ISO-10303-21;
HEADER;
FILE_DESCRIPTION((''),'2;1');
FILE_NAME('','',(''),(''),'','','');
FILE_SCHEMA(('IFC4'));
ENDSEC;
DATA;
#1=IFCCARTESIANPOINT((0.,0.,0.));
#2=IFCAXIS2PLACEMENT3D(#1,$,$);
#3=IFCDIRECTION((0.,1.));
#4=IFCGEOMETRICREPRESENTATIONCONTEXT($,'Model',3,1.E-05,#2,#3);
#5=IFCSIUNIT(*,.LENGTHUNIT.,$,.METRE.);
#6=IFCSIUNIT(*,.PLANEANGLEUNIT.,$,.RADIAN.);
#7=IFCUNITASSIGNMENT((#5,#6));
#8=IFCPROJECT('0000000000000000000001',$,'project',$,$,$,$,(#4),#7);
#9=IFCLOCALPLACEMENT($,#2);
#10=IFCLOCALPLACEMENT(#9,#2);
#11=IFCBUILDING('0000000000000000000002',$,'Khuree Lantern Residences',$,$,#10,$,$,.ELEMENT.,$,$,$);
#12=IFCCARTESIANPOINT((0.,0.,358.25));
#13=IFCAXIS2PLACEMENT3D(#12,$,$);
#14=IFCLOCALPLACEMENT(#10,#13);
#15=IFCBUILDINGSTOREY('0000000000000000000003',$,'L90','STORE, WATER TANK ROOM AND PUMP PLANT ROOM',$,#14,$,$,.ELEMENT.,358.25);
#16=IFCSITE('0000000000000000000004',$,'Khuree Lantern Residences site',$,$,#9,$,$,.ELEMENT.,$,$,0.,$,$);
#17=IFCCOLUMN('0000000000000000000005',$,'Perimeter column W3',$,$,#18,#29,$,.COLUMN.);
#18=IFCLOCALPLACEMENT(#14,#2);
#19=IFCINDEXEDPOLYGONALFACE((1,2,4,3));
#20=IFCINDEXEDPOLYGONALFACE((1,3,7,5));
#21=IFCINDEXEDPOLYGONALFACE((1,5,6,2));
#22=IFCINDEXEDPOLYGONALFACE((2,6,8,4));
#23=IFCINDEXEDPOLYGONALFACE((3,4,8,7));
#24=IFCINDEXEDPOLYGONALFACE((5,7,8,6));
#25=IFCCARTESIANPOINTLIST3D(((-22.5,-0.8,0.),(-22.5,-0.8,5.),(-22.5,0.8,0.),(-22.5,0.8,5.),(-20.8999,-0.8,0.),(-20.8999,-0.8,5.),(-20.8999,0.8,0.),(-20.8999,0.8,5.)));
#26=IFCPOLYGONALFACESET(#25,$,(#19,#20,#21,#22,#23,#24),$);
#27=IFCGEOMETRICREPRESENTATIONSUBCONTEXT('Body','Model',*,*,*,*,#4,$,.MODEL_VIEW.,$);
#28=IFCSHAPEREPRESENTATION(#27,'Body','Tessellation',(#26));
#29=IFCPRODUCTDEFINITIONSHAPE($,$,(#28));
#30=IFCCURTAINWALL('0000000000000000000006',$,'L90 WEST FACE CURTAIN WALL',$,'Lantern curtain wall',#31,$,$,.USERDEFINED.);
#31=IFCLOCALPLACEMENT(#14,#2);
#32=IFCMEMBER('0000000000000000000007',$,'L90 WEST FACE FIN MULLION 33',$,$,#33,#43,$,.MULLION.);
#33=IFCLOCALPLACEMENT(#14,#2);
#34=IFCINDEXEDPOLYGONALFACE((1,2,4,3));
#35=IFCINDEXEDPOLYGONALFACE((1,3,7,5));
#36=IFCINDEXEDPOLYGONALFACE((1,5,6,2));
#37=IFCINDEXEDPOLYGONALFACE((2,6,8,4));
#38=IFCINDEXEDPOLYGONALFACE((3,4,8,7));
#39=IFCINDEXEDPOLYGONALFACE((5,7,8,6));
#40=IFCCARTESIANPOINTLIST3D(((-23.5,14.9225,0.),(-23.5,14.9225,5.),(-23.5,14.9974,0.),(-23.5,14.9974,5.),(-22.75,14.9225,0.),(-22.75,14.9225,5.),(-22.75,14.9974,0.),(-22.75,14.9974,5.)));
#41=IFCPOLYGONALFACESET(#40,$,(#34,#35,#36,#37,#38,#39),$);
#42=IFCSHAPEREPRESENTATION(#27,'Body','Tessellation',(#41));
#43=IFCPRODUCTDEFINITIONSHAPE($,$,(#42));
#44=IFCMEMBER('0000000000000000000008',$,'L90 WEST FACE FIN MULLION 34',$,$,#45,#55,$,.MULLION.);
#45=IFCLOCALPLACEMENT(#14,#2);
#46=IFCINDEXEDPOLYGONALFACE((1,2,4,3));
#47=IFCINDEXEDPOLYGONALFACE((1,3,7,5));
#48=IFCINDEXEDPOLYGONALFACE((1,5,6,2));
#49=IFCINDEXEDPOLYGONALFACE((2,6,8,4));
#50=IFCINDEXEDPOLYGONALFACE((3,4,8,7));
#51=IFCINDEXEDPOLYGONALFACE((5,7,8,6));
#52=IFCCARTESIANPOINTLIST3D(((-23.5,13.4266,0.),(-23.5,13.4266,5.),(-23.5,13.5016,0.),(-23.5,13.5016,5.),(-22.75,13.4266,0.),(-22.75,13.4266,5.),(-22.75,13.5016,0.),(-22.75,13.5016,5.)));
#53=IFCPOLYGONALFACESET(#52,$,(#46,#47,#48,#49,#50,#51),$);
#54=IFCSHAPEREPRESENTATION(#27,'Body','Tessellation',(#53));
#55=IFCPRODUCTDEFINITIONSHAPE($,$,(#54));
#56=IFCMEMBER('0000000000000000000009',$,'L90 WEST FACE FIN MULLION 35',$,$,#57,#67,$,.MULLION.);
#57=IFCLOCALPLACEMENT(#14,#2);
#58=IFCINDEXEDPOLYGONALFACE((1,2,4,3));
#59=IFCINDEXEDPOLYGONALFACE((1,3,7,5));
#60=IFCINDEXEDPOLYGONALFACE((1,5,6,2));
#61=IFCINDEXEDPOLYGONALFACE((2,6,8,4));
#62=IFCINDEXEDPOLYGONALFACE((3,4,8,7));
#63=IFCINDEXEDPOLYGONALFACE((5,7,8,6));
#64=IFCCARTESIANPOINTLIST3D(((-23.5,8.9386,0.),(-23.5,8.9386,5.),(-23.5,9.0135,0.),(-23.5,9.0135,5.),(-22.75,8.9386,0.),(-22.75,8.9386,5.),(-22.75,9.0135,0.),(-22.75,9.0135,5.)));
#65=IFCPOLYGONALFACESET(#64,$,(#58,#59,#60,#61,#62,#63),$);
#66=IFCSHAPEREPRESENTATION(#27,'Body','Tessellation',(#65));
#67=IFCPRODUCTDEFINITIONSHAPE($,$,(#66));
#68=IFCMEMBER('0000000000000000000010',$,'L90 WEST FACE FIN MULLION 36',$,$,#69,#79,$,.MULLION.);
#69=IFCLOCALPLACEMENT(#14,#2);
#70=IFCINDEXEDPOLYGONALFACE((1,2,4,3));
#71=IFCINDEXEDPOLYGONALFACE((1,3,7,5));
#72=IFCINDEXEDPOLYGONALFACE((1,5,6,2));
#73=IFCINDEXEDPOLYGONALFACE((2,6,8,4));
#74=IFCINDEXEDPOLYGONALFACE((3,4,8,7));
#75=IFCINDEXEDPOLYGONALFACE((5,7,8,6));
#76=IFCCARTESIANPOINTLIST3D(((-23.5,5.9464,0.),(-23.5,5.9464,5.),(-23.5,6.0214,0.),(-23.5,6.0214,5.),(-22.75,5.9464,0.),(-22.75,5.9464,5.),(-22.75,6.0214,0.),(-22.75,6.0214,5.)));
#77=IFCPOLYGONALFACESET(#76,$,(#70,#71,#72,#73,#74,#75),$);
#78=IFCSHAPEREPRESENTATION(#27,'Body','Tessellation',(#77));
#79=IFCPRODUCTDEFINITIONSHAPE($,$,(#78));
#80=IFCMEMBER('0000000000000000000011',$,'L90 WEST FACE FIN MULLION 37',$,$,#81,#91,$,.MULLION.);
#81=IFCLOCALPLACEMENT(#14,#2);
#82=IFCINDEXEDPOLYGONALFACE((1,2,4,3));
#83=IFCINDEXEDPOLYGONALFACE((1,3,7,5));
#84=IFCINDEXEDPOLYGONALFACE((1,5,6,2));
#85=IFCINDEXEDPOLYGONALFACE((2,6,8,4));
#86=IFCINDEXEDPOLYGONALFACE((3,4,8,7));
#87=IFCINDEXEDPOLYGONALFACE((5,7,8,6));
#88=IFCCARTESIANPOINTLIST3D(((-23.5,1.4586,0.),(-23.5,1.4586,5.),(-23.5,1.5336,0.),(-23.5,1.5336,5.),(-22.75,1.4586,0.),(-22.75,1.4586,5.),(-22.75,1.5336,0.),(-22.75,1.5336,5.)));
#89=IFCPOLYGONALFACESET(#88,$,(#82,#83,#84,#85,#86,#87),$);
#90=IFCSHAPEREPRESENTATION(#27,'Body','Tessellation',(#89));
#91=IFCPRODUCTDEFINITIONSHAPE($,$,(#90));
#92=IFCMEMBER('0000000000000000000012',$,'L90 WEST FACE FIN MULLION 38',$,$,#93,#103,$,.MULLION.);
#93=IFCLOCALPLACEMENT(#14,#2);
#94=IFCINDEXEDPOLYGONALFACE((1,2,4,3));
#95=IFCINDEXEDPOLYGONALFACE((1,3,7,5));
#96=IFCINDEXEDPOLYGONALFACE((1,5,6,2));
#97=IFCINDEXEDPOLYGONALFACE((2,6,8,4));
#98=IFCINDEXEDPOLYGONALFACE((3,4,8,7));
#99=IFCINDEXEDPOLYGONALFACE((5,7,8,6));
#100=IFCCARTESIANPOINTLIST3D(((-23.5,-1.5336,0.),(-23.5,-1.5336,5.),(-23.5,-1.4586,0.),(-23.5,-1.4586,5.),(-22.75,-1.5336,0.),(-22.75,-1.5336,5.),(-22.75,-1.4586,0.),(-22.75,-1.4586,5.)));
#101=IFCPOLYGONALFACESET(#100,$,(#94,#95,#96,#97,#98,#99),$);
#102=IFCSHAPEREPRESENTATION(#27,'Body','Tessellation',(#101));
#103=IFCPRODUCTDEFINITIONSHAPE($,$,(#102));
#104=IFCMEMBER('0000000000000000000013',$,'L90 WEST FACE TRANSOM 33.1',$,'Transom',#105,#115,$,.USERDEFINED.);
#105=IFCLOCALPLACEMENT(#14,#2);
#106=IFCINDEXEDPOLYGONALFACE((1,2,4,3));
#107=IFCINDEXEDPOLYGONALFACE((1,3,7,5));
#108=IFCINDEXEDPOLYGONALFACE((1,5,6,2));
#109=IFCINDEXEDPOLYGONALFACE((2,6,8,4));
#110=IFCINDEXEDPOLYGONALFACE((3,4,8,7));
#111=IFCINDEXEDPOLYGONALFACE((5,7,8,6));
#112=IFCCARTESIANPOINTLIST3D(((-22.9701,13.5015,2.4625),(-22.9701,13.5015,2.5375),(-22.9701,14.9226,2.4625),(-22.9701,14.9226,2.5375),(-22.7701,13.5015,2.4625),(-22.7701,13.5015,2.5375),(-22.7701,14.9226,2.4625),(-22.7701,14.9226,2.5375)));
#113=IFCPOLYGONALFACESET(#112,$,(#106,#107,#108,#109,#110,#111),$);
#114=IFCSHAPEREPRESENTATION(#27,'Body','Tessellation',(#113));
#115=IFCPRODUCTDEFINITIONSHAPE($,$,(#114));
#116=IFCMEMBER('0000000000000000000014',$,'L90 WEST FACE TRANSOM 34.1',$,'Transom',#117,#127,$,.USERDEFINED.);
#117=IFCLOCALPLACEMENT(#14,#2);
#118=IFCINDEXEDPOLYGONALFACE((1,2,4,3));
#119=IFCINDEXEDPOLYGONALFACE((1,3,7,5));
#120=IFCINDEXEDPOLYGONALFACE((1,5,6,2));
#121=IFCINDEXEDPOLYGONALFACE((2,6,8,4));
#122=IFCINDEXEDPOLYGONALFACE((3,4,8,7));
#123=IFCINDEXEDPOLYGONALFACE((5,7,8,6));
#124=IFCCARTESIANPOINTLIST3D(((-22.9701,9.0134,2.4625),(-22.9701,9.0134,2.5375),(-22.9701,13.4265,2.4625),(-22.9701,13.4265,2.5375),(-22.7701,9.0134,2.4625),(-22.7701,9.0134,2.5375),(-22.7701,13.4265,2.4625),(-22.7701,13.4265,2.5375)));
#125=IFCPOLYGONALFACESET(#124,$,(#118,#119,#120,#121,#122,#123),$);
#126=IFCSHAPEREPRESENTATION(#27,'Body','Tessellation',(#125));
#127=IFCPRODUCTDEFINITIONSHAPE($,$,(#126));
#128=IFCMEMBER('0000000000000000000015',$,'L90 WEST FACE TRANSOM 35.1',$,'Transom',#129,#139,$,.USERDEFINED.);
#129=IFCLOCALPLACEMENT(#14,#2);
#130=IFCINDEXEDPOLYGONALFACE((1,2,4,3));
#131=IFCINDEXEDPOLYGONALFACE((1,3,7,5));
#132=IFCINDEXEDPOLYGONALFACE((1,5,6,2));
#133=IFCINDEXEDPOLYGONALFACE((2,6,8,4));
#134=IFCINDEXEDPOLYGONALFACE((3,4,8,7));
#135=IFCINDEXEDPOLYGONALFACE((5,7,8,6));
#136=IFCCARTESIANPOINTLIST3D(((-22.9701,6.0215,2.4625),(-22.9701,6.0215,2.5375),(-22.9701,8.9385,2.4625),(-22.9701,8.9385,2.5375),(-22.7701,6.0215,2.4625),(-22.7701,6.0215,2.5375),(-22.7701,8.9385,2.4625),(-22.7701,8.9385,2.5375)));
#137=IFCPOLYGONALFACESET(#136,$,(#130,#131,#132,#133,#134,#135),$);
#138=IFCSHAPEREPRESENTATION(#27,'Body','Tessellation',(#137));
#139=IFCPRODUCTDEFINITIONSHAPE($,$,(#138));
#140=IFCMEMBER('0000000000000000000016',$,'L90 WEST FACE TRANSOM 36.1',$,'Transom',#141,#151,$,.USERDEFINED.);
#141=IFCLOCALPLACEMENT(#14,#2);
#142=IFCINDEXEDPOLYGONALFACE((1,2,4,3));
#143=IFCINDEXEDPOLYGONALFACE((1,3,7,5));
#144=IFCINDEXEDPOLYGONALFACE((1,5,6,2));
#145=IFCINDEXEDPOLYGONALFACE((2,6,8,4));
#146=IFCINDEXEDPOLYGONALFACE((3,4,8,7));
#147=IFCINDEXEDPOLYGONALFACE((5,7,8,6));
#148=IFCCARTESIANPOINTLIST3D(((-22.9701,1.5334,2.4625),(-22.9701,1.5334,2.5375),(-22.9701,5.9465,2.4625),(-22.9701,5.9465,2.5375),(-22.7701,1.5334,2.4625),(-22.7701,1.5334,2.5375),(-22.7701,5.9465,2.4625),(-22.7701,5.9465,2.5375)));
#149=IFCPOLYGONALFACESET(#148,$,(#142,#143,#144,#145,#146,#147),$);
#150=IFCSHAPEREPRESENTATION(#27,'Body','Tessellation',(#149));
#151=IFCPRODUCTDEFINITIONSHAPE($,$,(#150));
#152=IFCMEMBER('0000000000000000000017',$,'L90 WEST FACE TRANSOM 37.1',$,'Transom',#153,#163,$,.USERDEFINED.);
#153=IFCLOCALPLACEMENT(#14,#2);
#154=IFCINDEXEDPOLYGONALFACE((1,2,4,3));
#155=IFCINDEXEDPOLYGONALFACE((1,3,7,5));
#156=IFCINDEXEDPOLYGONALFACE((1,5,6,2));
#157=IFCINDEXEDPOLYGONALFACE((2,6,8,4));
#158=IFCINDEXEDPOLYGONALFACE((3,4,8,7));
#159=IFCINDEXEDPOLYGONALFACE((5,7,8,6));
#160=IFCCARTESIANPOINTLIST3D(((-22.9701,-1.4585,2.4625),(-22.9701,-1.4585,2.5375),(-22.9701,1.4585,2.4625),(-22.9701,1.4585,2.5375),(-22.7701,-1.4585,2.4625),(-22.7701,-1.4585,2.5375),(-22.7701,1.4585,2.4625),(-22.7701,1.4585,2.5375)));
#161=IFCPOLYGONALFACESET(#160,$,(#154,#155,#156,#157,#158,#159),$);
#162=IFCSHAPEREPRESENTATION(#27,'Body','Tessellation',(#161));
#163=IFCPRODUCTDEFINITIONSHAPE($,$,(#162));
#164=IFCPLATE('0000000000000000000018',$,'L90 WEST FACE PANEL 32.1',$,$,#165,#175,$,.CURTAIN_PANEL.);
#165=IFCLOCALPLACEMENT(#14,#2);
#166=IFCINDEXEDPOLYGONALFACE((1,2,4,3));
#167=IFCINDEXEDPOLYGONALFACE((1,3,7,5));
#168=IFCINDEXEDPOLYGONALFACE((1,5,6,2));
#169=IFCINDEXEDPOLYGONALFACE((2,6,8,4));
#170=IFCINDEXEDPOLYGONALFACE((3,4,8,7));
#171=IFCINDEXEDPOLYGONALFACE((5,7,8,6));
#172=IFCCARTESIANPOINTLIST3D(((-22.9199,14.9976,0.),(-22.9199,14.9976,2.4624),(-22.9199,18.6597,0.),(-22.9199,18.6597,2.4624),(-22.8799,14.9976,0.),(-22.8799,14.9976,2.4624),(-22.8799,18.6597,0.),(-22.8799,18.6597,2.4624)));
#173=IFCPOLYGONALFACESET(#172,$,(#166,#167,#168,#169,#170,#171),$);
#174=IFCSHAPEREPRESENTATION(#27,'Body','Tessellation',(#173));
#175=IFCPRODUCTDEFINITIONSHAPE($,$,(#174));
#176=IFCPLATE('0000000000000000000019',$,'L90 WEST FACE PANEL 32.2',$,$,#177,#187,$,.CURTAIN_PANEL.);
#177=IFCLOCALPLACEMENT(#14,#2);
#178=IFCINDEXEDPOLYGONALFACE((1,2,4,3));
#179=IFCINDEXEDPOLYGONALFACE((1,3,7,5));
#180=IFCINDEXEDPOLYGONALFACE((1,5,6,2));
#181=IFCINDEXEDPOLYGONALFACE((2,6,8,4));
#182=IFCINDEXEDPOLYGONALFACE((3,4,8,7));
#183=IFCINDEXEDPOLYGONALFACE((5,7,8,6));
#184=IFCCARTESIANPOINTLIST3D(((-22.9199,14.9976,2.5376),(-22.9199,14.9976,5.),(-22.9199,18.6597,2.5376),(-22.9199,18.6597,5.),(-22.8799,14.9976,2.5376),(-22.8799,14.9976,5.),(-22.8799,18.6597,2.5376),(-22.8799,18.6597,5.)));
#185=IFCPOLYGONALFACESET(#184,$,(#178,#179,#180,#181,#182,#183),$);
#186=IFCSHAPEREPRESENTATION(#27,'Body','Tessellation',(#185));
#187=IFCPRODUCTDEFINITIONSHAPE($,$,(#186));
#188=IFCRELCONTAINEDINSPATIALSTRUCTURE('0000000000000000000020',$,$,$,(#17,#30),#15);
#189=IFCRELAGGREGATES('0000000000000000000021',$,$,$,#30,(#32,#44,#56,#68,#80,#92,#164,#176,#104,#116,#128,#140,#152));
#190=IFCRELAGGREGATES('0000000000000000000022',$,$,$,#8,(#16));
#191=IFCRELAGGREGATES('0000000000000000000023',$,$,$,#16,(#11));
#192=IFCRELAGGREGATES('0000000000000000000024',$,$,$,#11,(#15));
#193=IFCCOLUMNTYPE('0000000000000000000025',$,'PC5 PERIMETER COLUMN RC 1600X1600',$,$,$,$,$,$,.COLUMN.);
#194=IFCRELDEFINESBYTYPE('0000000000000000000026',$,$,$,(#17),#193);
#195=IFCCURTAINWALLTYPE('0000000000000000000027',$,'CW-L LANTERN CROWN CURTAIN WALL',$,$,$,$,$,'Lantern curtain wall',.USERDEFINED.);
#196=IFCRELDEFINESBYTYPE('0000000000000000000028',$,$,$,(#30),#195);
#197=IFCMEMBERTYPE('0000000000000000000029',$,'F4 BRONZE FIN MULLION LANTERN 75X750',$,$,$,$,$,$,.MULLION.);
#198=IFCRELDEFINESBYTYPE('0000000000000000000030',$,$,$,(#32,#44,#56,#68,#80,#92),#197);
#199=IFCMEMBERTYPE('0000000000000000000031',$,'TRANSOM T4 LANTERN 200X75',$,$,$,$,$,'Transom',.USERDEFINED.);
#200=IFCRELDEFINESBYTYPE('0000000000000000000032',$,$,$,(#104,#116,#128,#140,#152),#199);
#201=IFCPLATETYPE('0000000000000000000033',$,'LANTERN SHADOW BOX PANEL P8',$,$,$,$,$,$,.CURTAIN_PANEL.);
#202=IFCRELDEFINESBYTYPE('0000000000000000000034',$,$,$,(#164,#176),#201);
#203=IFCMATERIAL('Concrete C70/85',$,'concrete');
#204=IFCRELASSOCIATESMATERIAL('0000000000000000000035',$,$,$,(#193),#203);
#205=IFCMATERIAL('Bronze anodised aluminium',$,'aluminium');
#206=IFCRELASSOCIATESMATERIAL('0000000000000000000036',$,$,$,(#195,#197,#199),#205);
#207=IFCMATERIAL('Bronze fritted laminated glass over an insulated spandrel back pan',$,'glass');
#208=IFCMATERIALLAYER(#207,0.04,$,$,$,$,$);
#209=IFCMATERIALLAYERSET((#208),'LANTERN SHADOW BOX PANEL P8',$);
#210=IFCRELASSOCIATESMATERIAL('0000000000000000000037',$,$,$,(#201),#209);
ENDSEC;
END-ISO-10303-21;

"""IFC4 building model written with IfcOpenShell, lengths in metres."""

from ifc_helpers import new_model, si_unit, direction, frame, origin, origin_2d, place, context, subcontext, project, spatial, rectangle, extrude, material, layer, layer_set, material_profile, profile_set, type_object, element, aggregate, save


model = new_model("IFC4")

# Units and contexts
model_context = context("Model", 3, precision=1e-05, world=origin(), true_north=direction((0.0, 1.0)))
body_context = subcontext(model_context, "Body", "Model", "MODEL_VIEW")
ifc_project = project(units=[si_unit("LENGTHUNIT", "METRE"), si_unit("PLANEANGLEUNIT", "RADIAN")], contexts=[model_context])

# Site, building, storey
site_placement = place(None, origin())
site = spatial("IfcSite", under=ifc_project, at=site_placement, Name="Khuree Lantern Residences site", CompositionType="ELEMENT", RefElevation=0.0)
building_placement = place(site_placement, origin())
building = spatial("IfcBuilding", under=site, at=building_placement, Name="Khuree Lantern Residences", CompositionType="ELEMENT")
storey_placement = place(building_placement, frame((0.0, 0.0, 358.25)))
storey = spatial("IfcBuildingStorey", under=building, at=storey_placement, Name="L90", Description="STORE, WATER TANK ROOM AND PUMP PLANT ROOM", CompositionType="ELEMENT", Elevation=358.25)

# Column
ifc_material_1 = material(Name="Concrete C70/85", Category="concrete")
ifc_material_profile_1 = material_profile(ifc_material_1, rectangle(XDim=1.6001, YDim=1.6001, at=origin_2d()), Name="RC 1600X1600")
ifc_profile_set_1 = profile_set([ifc_material_profile_1], Name="Concrete C70/85")
column_type = type_object("IfcColumnType", Name="PC5 PERIMETER COLUMN RC 1600X1600", PredefinedType="COLUMN", material=ifc_profile_set_1)
column_placement = place(storey_placement, frame((-21.7, 0.0, 0.0), z_axis=(0.0, 0.0, 1.0), x_axis=(0.0, 1.0, 0.0)))
element("IfcColumn", 1, at=column_placement, inside=storey, type_object=column_type, Name="Perimeter column W3", PredefinedType="COLUMN", context=body_context, shape_type="SweptSolid", body=[
    extrude(rectangle(XDim=1.6001, YDim=1.6001, at=origin_2d()), origin(), (0.0, 0.0, 1.0), 5.0),
])

# Curtain wall, members, plates
ifc_material_2 = material(Name="Bronze anodised aluminium", Category="aluminium")
curtain_wall_type = type_object("IfcCurtainWallType", Name="CW-L LANTERN CROWN CURTAIN WALL", ElementType="Lantern curtain wall", PredefinedType="USERDEFINED", material=ifc_material_2)
curtain_wall_placement = place(storey_placement, origin())
curtain_wall = element("IfcCurtainWall", 2, at=curtain_wall_placement, inside=storey, type_object=curtain_wall_type, Name="L90 WEST FACE CURTAIN WALL", ObjectType="Lantern curtain wall", PredefinedType="USERDEFINED")
ifc_material_profile_2 = material_profile(ifc_material_2, rectangle(XDim=0.075, YDim=0.75, at=origin_2d()), Name="F4 75X750")
ifc_profile_set_2 = profile_set([ifc_material_profile_2], Name="Bronze anodised aluminium")
member_type_1 = type_object("IfcMemberType", Name="F4 BRONZE FIN MULLION LANTERN 75X750", PredefinedType="MULLION", material=ifc_profile_set_2)
member_1_placement = place(storey_placement, frame((-23.125, 14.96, 0.0), z_axis=(0.0, 0.0, 1.0), x_axis=(0.0, -1.0, 0.0)))
member_1 = element("IfcMember", 3, at=member_1_placement, type_object=member_type_1, Name="L90 WEST FACE FIN MULLION 33", PredefinedType="MULLION", context=body_context, shape_type="SweptSolid", body=[
    extrude(rectangle(XDim=0.075, YDim=0.75, at=origin_2d()), origin(), (0.0, 0.0, 1.0), 5.0),
])
member_2_placement = place(storey_placement, frame((-23.125, 13.4641, 0.0), z_axis=(0.0, 0.0, 1.0), x_axis=(0.0, -1.0, 0.0)))
member_2 = element("IfcMember", 4, at=member_2_placement, type_object=member_type_1, Name="L90 WEST FACE FIN MULLION 34", PredefinedType="MULLION", context=body_context, shape_type="SweptSolid", body=[
    extrude(rectangle(XDim=0.075, YDim=0.75, at=origin_2d()), origin(), (0.0, 0.0, 1.0), 5.0),
])
member_3_placement = place(storey_placement, frame((-23.125, 8.9761, 0.0), z_axis=(0.0, 0.0, 1.0), x_axis=(0.0, -1.0, 0.0)))
member_3 = element("IfcMember", 5, at=member_3_placement, type_object=member_type_1, Name="L90 WEST FACE FIN MULLION 35", PredefinedType="MULLION", context=body_context, shape_type="SweptSolid", body=[
    extrude(rectangle(XDim=0.075, YDim=0.75, at=origin_2d()), origin(), (0.0, 0.0, 1.0), 5.0),
])
member_4_placement = place(storey_placement, frame((-23.125, 5.9839, 0.0), z_axis=(0.0, 0.0, 1.0), x_axis=(0.0, -1.0, 0.0)))
member_4 = element("IfcMember", 6, at=member_4_placement, type_object=member_type_1, Name="L90 WEST FACE FIN MULLION 36", PredefinedType="MULLION", context=body_context, shape_type="SweptSolid", body=[
    extrude(rectangle(XDim=0.075, YDim=0.75, at=origin_2d()), origin(), (0.0, 0.0, 1.0), 5.0),
])
member_5_placement = place(storey_placement, frame((-23.125, 1.4961, 0.0), z_axis=(0.0, 0.0, 1.0), x_axis=(0.0, -1.0, 0.0)))
member_5 = element("IfcMember", 7, at=member_5_placement, type_object=member_type_1, Name="L90 WEST FACE FIN MULLION 37", PredefinedType="MULLION", context=body_context, shape_type="SweptSolid", body=[
    extrude(rectangle(XDim=0.075, YDim=0.75, at=origin_2d()), origin(), (0.0, 0.0, 1.0), 5.0),
])
member_6_placement = place(storey_placement, frame((-23.125, -1.4961, 0.0), z_axis=(0.0, 0.0, 1.0), x_axis=(0.0, -1.0, 0.0)))
member_6 = element("IfcMember", 8, at=member_6_placement, type_object=member_type_1, Name="L90 WEST FACE FIN MULLION 38", PredefinedType="MULLION", context=body_context, shape_type="SweptSolid", body=[
    extrude(rectangle(XDim=0.075, YDim=0.75, at=origin_2d()), origin(), (0.0, 0.0, 1.0), 5.0),
])
ifc_material_profile_3 = material_profile(ifc_material_2, rectangle(XDim=0.2, YDim=0.075, at=origin_2d()), Name="T4 200X75")
ifc_profile_set_3 = profile_set([ifc_material_profile_3], Name="Bronze anodised aluminium")
member_type_2 = type_object("IfcMemberType", Name="TRANSOM T4 LANTERN 200X75", ElementType="Transom", PredefinedType="USERDEFINED", material=ifc_profile_set_3)
member_7_placement = place(storey_placement, frame((-22.8701, 14.9226, 2.5), z_axis=(0.0, -1.0, 0.0), x_axis=(1.0, 0.0, 0.0)))
member_7 = element("IfcMember", 9, at=member_7_placement, type_object=member_type_2, Name="L90 WEST FACE TRANSOM 33.1", ObjectType="Transom", PredefinedType="USERDEFINED", context=body_context, shape_type="SweptSolid", body=[
    extrude(rectangle(XDim=0.2, YDim=0.075, at=origin_2d()), origin(), (0.0, 0.0, 1.0), 1.4211),
])
member_8_placement = place(storey_placement, frame((-22.8701, 13.4265, 2.5), z_axis=(0.0, -1.0, 0.0), x_axis=(1.0, 0.0, 0.0)))
member_8 = element("IfcMember", 10, at=member_8_placement, type_object=member_type_2, Name="L90 WEST FACE TRANSOM 34.1", ObjectType="Transom", PredefinedType="USERDEFINED", context=body_context, shape_type="SweptSolid", body=[
    extrude(rectangle(XDim=0.2, YDim=0.075, at=origin_2d()), origin(), (0.0, 0.0, 1.0), 4.4131),
])
member_9_placement = place(storey_placement, frame((-22.8701, 8.9385, 2.5), z_axis=(0.0, -1.0, 0.0), x_axis=(1.0, 0.0, 0.0)))
member_9 = element("IfcMember", 11, at=member_9_placement, type_object=member_type_2, Name="L90 WEST FACE TRANSOM 35.1", ObjectType="Transom", PredefinedType="USERDEFINED", context=body_context, shape_type="SweptSolid", body=[
    extrude(rectangle(XDim=0.2, YDim=0.075, at=origin_2d()), origin(), (0.0, 0.0, 1.0), 2.917),
])
member_10_placement = place(storey_placement, frame((-22.8701, 5.9465, 2.5), z_axis=(0.0, -1.0, 0.0), x_axis=(1.0, 0.0, 0.0)))
member_10 = element("IfcMember", 12, at=member_10_placement, type_object=member_type_2, Name="L90 WEST FACE TRANSOM 36.1", ObjectType="Transom", PredefinedType="USERDEFINED", context=body_context, shape_type="SweptSolid", body=[
    extrude(rectangle(XDim=0.2, YDim=0.075, at=origin_2d()), origin(), (0.0, 0.0, 1.0), 4.4131),
])
member_11_placement = place(storey_placement, frame((-22.8701, 1.4585, 2.5), z_axis=(0.0, -1.0, 0.0), x_axis=(1.0, 0.0, 0.0)))
member_11 = element("IfcMember", 13, at=member_11_placement, type_object=member_type_2, Name="L90 WEST FACE TRANSOM 37.1", ObjectType="Transom", PredefinedType="USERDEFINED", context=body_context, shape_type="SweptSolid", body=[
    extrude(rectangle(XDim=0.2, YDim=0.075, at=origin_2d()), origin(), (0.0, 0.0, 1.0), 2.917),
])
ifc_material_3 = material(Name="Bronze fritted laminated glass over an insulated spandrel back pan", Category="glass")
ifc_layer = layer(ifc_material_3, 0.04)
ifc_layer_set = layer_set([ifc_layer], Name="LANTERN SHADOW BOX PANEL P8")
plate_type = type_object("IfcPlateType", Name="LANTERN SHADOW BOX PANEL P8", PredefinedType="CURTAIN_PANEL", material=ifc_layer_set)
plate_1_placement = place(storey_placement, frame((-22.8999, 16.8286, 0.0), z_axis=(0.0, 0.0, 1.0), x_axis=(0.0, -1.0, 0.0)))
plate_1 = element("IfcPlate", 14, at=plate_1_placement, type_object=plate_type, Name="L90 WEST FACE PANEL 32.1", PredefinedType="CURTAIN_PANEL", context=body_context, shape_type="SweptSolid", body=[
    extrude(rectangle(XDim=3.6621, YDim=0.04, at=origin_2d()), origin(), (0.0, 0.0, 1.0), 2.4624),
])
plate_2_placement = place(storey_placement, frame((-22.8999, 16.8286, 2.5376), z_axis=(0.0, 0.0, 1.0), x_axis=(0.0, -1.0, 0.0)))
plate_2 = element("IfcPlate", 15, at=plate_2_placement, type_object=plate_type, Name="L90 WEST FACE PANEL 32.2", PredefinedType="CURTAIN_PANEL", context=body_context, shape_type="SweptSolid", body=[
    extrude(rectangle(XDim=3.6621, YDim=0.04, at=origin_2d()), origin(), (0.0, 0.0, 1.0), 2.4624),
])
aggregate(curtain_wall, [member_1, member_2, member_3, member_4, member_5, member_6, plate_1, plate_2, member_7, member_8, member_9, member_10, member_11])

save(model, "model.ifc")
